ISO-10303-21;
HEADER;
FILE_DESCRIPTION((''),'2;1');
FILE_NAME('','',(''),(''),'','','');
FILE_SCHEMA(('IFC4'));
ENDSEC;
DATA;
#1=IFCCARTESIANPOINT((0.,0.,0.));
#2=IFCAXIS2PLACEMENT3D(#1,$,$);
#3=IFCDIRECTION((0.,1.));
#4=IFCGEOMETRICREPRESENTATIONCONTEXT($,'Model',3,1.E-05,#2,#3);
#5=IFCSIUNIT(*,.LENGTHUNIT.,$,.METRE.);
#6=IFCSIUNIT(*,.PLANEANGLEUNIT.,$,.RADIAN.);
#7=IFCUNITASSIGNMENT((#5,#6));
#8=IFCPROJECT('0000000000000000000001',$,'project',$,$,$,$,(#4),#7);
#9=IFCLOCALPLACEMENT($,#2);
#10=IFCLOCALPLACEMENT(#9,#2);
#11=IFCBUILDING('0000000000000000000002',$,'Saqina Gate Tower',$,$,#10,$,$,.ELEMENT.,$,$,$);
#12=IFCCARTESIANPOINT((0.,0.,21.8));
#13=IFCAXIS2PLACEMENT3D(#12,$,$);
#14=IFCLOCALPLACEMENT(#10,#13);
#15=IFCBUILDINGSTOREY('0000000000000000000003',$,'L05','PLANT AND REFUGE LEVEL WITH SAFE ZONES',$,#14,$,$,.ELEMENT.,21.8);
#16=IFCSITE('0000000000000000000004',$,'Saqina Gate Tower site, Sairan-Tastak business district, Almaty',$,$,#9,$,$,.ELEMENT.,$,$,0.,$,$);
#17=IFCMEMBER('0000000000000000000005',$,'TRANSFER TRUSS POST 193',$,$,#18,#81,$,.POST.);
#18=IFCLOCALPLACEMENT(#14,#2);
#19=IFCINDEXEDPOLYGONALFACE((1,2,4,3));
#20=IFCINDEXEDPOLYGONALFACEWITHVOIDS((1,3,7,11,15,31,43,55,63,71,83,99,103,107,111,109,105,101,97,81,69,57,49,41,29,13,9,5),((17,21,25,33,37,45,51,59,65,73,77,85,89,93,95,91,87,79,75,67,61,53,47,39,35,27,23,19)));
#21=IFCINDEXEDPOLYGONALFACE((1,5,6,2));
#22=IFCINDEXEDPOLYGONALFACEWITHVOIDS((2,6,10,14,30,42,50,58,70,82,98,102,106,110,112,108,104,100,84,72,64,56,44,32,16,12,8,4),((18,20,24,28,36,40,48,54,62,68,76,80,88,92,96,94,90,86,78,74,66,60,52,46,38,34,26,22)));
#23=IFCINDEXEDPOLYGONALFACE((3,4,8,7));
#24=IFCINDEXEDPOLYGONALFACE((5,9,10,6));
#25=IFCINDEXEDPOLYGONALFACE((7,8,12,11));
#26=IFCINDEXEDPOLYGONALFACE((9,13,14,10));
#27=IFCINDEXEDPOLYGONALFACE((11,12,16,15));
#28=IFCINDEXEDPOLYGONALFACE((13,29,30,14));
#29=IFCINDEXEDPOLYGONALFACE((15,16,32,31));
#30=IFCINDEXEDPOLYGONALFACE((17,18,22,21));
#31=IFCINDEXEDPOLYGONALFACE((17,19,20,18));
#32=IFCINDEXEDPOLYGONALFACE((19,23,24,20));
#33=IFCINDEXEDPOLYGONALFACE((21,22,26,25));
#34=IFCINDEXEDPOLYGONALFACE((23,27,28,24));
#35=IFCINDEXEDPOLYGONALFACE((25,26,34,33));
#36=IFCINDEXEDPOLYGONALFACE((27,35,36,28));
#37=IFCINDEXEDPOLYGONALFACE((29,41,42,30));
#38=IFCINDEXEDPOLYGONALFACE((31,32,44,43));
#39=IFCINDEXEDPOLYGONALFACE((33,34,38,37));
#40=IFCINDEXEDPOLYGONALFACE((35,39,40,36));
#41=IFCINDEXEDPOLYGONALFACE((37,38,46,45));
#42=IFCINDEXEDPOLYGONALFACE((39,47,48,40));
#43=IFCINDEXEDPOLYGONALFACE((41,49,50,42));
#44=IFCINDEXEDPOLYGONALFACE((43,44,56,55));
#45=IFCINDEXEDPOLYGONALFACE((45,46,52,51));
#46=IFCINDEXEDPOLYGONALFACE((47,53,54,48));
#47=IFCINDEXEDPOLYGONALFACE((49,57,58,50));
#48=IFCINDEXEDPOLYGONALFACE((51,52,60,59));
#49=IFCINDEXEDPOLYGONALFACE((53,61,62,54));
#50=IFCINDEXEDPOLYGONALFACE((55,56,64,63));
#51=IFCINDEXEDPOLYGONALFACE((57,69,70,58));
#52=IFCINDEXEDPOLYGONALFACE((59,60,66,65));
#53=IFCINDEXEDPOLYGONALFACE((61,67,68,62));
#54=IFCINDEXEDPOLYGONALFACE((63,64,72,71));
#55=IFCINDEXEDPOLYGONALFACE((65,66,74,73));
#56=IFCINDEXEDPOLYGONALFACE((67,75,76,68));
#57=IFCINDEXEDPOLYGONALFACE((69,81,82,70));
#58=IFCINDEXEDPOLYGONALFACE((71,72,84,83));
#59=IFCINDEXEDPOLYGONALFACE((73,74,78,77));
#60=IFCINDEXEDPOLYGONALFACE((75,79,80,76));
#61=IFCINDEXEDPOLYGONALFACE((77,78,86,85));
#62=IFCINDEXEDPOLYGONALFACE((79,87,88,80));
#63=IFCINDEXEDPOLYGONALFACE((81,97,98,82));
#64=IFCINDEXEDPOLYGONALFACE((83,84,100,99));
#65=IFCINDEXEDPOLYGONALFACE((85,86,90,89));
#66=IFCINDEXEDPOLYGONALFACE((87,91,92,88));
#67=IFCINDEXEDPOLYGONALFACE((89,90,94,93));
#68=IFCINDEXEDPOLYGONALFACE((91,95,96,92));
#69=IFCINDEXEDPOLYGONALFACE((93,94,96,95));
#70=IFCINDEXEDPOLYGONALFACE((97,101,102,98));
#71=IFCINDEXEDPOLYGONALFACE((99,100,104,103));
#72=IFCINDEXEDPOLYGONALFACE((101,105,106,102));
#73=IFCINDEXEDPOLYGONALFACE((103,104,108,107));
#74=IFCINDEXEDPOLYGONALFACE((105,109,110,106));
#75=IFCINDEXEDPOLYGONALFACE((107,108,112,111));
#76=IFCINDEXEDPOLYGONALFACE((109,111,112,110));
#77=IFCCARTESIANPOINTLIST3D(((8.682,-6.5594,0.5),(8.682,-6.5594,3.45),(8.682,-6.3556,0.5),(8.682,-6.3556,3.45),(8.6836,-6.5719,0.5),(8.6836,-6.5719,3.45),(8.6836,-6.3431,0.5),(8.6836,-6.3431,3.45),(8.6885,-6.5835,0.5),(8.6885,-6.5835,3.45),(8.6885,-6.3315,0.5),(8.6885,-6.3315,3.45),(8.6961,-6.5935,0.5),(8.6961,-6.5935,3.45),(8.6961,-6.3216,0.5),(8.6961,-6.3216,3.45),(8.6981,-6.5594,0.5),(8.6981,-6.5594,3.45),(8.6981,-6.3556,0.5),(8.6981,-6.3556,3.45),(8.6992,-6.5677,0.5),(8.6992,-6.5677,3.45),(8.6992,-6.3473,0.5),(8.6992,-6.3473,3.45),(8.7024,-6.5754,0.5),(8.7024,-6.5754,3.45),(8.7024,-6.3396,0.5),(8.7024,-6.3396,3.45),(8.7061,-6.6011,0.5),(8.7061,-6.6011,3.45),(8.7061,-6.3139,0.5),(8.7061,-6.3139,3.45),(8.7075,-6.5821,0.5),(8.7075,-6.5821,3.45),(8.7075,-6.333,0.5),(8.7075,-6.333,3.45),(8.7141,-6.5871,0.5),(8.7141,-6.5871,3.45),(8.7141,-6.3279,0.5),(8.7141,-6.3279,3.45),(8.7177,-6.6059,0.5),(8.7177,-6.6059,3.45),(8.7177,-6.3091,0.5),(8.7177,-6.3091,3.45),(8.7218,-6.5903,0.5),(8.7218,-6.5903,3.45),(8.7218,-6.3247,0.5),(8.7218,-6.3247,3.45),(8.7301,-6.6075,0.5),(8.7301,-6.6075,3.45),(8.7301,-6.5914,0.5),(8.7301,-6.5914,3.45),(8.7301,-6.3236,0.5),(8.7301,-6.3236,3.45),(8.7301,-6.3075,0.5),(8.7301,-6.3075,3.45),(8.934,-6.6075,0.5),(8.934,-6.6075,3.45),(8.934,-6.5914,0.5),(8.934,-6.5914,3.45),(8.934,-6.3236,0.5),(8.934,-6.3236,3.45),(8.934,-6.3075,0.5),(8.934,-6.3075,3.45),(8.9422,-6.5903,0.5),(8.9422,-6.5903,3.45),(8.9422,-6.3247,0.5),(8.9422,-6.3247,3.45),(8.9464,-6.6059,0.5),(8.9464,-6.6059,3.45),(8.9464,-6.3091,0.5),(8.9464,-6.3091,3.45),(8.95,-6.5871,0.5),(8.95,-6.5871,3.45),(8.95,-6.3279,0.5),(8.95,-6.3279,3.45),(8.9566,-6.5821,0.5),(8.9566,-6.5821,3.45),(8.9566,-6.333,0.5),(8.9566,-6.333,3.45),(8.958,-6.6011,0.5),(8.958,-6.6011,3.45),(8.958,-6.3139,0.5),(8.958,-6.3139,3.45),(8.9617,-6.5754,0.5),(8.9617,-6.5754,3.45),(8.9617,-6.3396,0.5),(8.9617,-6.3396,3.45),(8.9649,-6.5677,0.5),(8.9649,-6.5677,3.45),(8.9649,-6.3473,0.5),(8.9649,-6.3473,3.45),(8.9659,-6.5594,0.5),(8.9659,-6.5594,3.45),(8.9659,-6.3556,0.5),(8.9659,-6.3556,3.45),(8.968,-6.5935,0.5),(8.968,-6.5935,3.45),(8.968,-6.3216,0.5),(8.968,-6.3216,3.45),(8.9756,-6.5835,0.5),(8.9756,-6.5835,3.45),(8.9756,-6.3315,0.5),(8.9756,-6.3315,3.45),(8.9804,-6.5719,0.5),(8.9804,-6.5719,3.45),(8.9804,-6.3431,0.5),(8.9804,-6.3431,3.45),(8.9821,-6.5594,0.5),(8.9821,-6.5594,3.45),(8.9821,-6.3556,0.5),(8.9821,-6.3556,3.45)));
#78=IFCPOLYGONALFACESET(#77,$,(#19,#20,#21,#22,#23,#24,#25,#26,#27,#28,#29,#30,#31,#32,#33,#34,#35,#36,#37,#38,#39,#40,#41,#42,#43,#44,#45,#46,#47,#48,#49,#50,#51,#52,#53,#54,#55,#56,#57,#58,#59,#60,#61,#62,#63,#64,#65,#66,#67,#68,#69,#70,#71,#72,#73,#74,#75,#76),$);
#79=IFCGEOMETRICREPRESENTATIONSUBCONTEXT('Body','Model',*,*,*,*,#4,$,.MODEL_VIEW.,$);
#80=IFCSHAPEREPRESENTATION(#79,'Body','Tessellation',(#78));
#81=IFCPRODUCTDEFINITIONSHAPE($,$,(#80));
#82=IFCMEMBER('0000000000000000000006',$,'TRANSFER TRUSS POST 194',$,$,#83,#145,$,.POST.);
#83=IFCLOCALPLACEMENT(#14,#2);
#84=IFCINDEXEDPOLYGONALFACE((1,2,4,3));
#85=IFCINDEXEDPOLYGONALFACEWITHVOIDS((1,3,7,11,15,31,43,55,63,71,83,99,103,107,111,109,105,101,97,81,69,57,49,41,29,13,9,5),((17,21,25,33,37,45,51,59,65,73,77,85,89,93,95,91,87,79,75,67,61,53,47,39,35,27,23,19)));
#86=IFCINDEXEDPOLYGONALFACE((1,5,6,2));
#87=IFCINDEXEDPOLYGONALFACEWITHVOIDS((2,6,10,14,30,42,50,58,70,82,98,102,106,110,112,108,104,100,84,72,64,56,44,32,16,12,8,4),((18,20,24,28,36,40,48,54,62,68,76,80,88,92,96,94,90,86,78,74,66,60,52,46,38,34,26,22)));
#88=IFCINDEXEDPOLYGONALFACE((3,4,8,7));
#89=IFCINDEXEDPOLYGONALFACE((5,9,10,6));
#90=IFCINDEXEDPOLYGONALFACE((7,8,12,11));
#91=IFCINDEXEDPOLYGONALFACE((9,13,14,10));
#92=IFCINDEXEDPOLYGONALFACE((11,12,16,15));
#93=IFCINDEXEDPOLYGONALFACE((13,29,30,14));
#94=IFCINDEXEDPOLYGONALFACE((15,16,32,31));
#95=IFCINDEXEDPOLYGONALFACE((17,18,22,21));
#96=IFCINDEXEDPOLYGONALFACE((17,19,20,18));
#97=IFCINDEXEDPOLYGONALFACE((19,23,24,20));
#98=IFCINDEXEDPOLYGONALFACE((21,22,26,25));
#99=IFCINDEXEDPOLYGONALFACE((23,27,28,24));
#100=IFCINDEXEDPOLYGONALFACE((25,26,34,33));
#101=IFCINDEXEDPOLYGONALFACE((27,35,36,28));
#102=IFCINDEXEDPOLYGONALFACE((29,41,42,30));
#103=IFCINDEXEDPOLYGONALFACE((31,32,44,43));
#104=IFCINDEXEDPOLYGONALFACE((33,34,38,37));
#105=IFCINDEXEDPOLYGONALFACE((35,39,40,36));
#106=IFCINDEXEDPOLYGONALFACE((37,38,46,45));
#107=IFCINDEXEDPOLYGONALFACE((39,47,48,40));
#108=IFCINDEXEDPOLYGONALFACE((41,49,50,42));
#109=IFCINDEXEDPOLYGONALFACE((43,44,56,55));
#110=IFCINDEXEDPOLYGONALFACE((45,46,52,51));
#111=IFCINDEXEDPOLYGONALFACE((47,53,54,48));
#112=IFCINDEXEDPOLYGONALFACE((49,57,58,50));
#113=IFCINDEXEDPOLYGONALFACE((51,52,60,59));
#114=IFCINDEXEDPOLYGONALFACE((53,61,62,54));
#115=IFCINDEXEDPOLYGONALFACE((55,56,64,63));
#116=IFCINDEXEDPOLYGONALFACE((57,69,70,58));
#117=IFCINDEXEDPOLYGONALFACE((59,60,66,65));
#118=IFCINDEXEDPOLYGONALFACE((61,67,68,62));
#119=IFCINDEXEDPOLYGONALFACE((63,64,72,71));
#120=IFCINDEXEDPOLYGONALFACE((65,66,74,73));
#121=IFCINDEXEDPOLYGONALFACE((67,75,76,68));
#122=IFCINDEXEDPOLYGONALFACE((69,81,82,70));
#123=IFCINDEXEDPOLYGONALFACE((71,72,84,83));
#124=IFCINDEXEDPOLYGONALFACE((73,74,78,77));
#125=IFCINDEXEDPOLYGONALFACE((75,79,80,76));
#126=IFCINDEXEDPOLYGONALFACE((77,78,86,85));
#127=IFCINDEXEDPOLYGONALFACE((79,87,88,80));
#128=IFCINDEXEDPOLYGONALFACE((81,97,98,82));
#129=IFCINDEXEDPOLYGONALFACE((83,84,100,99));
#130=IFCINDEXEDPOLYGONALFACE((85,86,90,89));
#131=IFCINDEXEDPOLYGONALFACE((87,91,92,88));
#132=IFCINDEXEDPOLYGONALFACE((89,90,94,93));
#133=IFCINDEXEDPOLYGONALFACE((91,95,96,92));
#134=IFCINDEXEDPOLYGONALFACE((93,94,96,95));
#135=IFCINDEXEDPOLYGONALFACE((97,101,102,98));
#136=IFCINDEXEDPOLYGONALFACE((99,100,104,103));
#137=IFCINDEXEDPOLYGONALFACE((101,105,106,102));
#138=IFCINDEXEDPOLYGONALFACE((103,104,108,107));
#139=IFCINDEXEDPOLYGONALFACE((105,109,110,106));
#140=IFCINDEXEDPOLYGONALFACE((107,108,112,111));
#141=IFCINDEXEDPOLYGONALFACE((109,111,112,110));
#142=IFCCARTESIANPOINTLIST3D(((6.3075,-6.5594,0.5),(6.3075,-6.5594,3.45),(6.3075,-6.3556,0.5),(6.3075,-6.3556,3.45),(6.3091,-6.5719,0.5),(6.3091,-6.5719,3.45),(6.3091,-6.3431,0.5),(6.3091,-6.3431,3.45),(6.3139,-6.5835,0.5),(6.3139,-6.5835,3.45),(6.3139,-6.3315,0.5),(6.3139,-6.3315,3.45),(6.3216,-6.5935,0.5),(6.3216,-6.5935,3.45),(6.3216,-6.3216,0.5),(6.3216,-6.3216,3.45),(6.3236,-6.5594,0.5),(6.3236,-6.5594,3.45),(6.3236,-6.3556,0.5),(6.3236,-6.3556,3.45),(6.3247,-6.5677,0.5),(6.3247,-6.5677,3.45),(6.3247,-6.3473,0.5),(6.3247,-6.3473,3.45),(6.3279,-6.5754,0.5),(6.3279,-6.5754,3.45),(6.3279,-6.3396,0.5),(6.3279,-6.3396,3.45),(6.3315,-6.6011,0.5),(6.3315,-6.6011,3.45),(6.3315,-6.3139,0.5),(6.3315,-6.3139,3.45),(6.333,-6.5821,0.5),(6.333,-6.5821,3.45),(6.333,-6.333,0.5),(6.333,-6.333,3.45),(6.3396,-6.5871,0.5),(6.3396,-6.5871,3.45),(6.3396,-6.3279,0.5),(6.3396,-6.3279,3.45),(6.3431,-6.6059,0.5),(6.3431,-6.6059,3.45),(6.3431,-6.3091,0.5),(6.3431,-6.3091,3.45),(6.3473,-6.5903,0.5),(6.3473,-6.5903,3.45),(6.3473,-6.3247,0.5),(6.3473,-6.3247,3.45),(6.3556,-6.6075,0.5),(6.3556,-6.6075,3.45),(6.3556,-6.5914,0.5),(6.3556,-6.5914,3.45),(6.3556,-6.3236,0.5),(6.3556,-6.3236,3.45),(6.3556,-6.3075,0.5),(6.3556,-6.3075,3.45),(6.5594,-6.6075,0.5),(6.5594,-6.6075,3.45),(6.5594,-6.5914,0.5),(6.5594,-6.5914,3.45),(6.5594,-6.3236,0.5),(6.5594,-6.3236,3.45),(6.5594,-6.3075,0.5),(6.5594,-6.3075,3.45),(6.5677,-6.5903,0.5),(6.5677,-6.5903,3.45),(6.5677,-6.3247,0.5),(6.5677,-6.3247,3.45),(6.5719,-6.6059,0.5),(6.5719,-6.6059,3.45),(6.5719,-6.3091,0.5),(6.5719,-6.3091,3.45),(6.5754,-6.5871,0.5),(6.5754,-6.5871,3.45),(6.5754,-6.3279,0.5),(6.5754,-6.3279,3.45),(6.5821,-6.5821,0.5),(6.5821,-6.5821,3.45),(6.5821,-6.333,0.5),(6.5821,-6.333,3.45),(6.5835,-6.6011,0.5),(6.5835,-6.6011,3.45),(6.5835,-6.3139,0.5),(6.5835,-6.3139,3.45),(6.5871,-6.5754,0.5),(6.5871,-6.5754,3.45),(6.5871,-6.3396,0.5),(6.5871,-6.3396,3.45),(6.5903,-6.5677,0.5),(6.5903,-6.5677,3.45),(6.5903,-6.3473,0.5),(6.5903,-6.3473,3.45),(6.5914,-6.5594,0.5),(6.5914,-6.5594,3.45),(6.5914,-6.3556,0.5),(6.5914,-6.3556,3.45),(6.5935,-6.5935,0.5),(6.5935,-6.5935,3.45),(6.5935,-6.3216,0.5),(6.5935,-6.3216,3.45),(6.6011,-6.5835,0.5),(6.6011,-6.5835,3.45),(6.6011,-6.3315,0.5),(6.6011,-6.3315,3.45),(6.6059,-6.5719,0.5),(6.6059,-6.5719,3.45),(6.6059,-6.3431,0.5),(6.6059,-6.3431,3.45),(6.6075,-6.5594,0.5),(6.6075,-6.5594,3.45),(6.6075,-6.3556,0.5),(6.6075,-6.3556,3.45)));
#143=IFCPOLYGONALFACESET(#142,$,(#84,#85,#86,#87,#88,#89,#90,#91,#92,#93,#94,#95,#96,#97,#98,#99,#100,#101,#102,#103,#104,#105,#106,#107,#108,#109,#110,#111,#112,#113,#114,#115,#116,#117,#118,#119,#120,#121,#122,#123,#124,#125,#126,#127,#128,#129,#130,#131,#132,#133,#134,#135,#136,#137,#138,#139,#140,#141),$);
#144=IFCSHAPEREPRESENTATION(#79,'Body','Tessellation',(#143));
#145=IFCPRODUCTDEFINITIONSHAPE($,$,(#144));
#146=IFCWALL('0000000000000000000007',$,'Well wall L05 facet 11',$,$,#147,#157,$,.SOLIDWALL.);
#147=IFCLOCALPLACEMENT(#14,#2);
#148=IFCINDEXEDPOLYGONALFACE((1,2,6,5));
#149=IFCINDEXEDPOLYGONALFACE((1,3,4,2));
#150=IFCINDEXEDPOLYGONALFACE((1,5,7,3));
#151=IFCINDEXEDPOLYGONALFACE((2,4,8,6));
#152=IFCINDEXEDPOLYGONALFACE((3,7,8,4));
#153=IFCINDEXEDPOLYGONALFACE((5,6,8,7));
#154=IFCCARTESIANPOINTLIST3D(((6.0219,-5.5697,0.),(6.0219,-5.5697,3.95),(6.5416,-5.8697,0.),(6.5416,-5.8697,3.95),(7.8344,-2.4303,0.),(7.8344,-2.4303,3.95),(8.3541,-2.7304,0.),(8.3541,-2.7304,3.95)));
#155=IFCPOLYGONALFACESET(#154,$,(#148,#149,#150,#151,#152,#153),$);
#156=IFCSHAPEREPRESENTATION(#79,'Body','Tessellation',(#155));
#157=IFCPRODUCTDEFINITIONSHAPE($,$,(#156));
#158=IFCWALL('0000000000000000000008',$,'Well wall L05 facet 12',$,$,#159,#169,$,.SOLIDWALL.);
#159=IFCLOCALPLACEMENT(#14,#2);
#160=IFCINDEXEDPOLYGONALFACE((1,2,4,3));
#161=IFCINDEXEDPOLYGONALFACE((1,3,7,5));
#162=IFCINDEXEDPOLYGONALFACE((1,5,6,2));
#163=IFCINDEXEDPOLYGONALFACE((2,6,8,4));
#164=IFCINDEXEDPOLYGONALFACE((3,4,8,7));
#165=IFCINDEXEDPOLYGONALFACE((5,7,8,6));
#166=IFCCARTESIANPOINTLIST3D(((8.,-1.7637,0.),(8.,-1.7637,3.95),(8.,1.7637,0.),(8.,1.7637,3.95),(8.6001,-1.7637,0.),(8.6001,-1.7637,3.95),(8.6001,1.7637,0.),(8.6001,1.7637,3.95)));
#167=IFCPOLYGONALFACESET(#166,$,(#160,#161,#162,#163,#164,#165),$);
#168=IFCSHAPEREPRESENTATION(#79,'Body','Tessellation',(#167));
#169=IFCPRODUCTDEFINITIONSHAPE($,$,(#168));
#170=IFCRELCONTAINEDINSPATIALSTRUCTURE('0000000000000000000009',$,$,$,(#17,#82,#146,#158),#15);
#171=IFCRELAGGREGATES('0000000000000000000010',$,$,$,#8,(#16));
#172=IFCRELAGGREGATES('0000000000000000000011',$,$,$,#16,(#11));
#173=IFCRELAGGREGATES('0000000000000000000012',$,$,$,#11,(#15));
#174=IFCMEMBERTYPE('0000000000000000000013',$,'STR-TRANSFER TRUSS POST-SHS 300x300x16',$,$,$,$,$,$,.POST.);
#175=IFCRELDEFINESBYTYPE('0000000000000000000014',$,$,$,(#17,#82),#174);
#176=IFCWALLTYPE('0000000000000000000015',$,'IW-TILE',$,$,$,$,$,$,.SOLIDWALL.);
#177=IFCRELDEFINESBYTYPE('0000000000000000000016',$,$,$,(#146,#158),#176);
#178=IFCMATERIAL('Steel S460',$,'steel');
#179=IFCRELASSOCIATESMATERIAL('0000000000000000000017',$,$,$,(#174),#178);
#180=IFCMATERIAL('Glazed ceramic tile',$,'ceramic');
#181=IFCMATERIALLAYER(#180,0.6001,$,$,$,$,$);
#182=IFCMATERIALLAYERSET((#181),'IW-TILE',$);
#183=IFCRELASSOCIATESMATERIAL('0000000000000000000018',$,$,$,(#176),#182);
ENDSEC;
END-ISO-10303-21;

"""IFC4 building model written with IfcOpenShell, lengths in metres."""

from ifc_helpers import new_model, si_unit, direction, frame, frame_2d, origin, origin_2d, place, context, subcontext, project, spatial, rectangle, hollow_rectangle, extrude, material, layer, layer_set, material_profile, profile_set, type_object, element, save


model = new_model("IFC4")

# Units and contexts
model_context = context("Model", 3, precision=1e-05, world=origin(), true_north=direction((0.0, 1.0)))
body_context = subcontext(model_context, "Body", "Model", "MODEL_VIEW")
ifc_project = project(units=[si_unit("LENGTHUNIT", "METRE"), si_unit("PLANEANGLEUNIT", "RADIAN")], contexts=[model_context])

# Site, building, storey
site_placement = place(None, origin())
site = spatial("IfcSite", under=ifc_project, at=site_placement, Name="Saqina Gate Tower site, Sairan-Tastak business district, Almaty", CompositionType="ELEMENT", RefElevation=0.0)
building_placement = place(site_placement, origin())
building = spatial("IfcBuilding", under=site, at=building_placement, Name="Saqina Gate Tower", CompositionType="ELEMENT")
storey_placement = place(building_placement, frame((0.0, 0.0, 21.8)))
storey = spatial("IfcBuildingStorey", under=building, at=storey_placement, Name="L05", Description="PLANT AND REFUGE LEVEL WITH SAFE ZONES", CompositionType="ELEMENT", Elevation=21.8)

# Members
ifc_material_1 = material(Name="Steel S460", Category="steel")
ifc_material_profile_1 = material_profile(ifc_material_1, hollow_rectangle(XDim=0.3, YDim=0.3, WallThickness=0.0161, InnerFilletRadius=0.032, OuterFilletRadius=0.0481, at=origin_2d()), Name="SHS 300x300x16")
ifc_profile_set_1 = profile_set([ifc_material_profile_1], Name="Steel S460")
member_type_1 = type_object("IfcMemberType", Name="STR-TRANSFER TRUSS POST-SHS 300x300x16", PredefinedType="POST", material=ifc_profile_set_1)
for number, where, z_axis, x_axis, name in (
    (1, (8.832, -6.4575, 0.5), (0.0, 0.0, 1.0), (1.0, 0.0, 0.0), "TRANSFER TRUSS POST 193"),
    (2, (6.4575, -6.4575, 0.5), (0.0, 0.0, 1.0), (1.0, 0.0, 0.0), "TRANSFER TRUSS POST 194"),
):
    element("IfcMember", number, at=place(storey_placement, frame(where, z_axis=z_axis, x_axis=x_axis)), inside=storey, type_object=member_type_1, Name=name, PredefinedType="POST", context=body_context, shape_type="SweptSolid", body=[
        extrude(hollow_rectangle(XDim=0.3, YDim=0.3, WallThickness=0.0161, InnerFilletRadius=0.032, OuterFilletRadius=0.0481, at=origin_2d()), origin(), (0.0, 0.0, 1.0), 2.95),
    ])

# Walls
ifc_material_2 = material(Name="Glazed ceramic tile", Category="ceramic")
ifc_layer_1 = layer(ifc_material_2, 0.6001)
ifc_layer_set_1 = layer_set([ifc_layer_1], Name="IW-TILE")
wall_type_1 = type_object("IfcWallType", Name="IW-TILE", PredefinedType="SOLIDWALL", material=ifc_layer_set_1)
wall_1_placement = place(storey_placement, frame((6.2817, -5.7197, 0.0), z_axis=(0.0, 0.0, 1.0), x_axis=(0.499993, 0.86603, 0.0)))
element("IfcWall", 3, at=wall_1_placement, inside=storey, type_object=wall_type_1, Name="Well wall L05 facet 11", PredefinedType="SOLIDWALL", context=body_context, shape_type="SweptSolid", body=[
    extrude(rectangle(XDim=3.625, YDim=0.6001, at=frame_2d((1.8125, 0.0))), origin(), (0.0, 0.0, 1.0), 3.95),
])
wall_2_placement = place(storey_placement, frame((8.3, -1.7637, 0.0), z_axis=(0.0, 0.0, 1.0), x_axis=(0.0, 1.0, 0.0)))
element("IfcWall", 4, at=wall_2_placement, inside=storey, type_object=wall_type_1, Name="Well wall L05 facet 12", PredefinedType="SOLIDWALL", context=body_context, shape_type="SweptSolid", body=[
    extrude(rectangle(XDim=3.5273, YDim=0.6001, at=frame_2d((1.7637, 0.0))), origin(), (0.0, 0.0, 1.0), 3.95),
])

save(model, "model.ifc")
